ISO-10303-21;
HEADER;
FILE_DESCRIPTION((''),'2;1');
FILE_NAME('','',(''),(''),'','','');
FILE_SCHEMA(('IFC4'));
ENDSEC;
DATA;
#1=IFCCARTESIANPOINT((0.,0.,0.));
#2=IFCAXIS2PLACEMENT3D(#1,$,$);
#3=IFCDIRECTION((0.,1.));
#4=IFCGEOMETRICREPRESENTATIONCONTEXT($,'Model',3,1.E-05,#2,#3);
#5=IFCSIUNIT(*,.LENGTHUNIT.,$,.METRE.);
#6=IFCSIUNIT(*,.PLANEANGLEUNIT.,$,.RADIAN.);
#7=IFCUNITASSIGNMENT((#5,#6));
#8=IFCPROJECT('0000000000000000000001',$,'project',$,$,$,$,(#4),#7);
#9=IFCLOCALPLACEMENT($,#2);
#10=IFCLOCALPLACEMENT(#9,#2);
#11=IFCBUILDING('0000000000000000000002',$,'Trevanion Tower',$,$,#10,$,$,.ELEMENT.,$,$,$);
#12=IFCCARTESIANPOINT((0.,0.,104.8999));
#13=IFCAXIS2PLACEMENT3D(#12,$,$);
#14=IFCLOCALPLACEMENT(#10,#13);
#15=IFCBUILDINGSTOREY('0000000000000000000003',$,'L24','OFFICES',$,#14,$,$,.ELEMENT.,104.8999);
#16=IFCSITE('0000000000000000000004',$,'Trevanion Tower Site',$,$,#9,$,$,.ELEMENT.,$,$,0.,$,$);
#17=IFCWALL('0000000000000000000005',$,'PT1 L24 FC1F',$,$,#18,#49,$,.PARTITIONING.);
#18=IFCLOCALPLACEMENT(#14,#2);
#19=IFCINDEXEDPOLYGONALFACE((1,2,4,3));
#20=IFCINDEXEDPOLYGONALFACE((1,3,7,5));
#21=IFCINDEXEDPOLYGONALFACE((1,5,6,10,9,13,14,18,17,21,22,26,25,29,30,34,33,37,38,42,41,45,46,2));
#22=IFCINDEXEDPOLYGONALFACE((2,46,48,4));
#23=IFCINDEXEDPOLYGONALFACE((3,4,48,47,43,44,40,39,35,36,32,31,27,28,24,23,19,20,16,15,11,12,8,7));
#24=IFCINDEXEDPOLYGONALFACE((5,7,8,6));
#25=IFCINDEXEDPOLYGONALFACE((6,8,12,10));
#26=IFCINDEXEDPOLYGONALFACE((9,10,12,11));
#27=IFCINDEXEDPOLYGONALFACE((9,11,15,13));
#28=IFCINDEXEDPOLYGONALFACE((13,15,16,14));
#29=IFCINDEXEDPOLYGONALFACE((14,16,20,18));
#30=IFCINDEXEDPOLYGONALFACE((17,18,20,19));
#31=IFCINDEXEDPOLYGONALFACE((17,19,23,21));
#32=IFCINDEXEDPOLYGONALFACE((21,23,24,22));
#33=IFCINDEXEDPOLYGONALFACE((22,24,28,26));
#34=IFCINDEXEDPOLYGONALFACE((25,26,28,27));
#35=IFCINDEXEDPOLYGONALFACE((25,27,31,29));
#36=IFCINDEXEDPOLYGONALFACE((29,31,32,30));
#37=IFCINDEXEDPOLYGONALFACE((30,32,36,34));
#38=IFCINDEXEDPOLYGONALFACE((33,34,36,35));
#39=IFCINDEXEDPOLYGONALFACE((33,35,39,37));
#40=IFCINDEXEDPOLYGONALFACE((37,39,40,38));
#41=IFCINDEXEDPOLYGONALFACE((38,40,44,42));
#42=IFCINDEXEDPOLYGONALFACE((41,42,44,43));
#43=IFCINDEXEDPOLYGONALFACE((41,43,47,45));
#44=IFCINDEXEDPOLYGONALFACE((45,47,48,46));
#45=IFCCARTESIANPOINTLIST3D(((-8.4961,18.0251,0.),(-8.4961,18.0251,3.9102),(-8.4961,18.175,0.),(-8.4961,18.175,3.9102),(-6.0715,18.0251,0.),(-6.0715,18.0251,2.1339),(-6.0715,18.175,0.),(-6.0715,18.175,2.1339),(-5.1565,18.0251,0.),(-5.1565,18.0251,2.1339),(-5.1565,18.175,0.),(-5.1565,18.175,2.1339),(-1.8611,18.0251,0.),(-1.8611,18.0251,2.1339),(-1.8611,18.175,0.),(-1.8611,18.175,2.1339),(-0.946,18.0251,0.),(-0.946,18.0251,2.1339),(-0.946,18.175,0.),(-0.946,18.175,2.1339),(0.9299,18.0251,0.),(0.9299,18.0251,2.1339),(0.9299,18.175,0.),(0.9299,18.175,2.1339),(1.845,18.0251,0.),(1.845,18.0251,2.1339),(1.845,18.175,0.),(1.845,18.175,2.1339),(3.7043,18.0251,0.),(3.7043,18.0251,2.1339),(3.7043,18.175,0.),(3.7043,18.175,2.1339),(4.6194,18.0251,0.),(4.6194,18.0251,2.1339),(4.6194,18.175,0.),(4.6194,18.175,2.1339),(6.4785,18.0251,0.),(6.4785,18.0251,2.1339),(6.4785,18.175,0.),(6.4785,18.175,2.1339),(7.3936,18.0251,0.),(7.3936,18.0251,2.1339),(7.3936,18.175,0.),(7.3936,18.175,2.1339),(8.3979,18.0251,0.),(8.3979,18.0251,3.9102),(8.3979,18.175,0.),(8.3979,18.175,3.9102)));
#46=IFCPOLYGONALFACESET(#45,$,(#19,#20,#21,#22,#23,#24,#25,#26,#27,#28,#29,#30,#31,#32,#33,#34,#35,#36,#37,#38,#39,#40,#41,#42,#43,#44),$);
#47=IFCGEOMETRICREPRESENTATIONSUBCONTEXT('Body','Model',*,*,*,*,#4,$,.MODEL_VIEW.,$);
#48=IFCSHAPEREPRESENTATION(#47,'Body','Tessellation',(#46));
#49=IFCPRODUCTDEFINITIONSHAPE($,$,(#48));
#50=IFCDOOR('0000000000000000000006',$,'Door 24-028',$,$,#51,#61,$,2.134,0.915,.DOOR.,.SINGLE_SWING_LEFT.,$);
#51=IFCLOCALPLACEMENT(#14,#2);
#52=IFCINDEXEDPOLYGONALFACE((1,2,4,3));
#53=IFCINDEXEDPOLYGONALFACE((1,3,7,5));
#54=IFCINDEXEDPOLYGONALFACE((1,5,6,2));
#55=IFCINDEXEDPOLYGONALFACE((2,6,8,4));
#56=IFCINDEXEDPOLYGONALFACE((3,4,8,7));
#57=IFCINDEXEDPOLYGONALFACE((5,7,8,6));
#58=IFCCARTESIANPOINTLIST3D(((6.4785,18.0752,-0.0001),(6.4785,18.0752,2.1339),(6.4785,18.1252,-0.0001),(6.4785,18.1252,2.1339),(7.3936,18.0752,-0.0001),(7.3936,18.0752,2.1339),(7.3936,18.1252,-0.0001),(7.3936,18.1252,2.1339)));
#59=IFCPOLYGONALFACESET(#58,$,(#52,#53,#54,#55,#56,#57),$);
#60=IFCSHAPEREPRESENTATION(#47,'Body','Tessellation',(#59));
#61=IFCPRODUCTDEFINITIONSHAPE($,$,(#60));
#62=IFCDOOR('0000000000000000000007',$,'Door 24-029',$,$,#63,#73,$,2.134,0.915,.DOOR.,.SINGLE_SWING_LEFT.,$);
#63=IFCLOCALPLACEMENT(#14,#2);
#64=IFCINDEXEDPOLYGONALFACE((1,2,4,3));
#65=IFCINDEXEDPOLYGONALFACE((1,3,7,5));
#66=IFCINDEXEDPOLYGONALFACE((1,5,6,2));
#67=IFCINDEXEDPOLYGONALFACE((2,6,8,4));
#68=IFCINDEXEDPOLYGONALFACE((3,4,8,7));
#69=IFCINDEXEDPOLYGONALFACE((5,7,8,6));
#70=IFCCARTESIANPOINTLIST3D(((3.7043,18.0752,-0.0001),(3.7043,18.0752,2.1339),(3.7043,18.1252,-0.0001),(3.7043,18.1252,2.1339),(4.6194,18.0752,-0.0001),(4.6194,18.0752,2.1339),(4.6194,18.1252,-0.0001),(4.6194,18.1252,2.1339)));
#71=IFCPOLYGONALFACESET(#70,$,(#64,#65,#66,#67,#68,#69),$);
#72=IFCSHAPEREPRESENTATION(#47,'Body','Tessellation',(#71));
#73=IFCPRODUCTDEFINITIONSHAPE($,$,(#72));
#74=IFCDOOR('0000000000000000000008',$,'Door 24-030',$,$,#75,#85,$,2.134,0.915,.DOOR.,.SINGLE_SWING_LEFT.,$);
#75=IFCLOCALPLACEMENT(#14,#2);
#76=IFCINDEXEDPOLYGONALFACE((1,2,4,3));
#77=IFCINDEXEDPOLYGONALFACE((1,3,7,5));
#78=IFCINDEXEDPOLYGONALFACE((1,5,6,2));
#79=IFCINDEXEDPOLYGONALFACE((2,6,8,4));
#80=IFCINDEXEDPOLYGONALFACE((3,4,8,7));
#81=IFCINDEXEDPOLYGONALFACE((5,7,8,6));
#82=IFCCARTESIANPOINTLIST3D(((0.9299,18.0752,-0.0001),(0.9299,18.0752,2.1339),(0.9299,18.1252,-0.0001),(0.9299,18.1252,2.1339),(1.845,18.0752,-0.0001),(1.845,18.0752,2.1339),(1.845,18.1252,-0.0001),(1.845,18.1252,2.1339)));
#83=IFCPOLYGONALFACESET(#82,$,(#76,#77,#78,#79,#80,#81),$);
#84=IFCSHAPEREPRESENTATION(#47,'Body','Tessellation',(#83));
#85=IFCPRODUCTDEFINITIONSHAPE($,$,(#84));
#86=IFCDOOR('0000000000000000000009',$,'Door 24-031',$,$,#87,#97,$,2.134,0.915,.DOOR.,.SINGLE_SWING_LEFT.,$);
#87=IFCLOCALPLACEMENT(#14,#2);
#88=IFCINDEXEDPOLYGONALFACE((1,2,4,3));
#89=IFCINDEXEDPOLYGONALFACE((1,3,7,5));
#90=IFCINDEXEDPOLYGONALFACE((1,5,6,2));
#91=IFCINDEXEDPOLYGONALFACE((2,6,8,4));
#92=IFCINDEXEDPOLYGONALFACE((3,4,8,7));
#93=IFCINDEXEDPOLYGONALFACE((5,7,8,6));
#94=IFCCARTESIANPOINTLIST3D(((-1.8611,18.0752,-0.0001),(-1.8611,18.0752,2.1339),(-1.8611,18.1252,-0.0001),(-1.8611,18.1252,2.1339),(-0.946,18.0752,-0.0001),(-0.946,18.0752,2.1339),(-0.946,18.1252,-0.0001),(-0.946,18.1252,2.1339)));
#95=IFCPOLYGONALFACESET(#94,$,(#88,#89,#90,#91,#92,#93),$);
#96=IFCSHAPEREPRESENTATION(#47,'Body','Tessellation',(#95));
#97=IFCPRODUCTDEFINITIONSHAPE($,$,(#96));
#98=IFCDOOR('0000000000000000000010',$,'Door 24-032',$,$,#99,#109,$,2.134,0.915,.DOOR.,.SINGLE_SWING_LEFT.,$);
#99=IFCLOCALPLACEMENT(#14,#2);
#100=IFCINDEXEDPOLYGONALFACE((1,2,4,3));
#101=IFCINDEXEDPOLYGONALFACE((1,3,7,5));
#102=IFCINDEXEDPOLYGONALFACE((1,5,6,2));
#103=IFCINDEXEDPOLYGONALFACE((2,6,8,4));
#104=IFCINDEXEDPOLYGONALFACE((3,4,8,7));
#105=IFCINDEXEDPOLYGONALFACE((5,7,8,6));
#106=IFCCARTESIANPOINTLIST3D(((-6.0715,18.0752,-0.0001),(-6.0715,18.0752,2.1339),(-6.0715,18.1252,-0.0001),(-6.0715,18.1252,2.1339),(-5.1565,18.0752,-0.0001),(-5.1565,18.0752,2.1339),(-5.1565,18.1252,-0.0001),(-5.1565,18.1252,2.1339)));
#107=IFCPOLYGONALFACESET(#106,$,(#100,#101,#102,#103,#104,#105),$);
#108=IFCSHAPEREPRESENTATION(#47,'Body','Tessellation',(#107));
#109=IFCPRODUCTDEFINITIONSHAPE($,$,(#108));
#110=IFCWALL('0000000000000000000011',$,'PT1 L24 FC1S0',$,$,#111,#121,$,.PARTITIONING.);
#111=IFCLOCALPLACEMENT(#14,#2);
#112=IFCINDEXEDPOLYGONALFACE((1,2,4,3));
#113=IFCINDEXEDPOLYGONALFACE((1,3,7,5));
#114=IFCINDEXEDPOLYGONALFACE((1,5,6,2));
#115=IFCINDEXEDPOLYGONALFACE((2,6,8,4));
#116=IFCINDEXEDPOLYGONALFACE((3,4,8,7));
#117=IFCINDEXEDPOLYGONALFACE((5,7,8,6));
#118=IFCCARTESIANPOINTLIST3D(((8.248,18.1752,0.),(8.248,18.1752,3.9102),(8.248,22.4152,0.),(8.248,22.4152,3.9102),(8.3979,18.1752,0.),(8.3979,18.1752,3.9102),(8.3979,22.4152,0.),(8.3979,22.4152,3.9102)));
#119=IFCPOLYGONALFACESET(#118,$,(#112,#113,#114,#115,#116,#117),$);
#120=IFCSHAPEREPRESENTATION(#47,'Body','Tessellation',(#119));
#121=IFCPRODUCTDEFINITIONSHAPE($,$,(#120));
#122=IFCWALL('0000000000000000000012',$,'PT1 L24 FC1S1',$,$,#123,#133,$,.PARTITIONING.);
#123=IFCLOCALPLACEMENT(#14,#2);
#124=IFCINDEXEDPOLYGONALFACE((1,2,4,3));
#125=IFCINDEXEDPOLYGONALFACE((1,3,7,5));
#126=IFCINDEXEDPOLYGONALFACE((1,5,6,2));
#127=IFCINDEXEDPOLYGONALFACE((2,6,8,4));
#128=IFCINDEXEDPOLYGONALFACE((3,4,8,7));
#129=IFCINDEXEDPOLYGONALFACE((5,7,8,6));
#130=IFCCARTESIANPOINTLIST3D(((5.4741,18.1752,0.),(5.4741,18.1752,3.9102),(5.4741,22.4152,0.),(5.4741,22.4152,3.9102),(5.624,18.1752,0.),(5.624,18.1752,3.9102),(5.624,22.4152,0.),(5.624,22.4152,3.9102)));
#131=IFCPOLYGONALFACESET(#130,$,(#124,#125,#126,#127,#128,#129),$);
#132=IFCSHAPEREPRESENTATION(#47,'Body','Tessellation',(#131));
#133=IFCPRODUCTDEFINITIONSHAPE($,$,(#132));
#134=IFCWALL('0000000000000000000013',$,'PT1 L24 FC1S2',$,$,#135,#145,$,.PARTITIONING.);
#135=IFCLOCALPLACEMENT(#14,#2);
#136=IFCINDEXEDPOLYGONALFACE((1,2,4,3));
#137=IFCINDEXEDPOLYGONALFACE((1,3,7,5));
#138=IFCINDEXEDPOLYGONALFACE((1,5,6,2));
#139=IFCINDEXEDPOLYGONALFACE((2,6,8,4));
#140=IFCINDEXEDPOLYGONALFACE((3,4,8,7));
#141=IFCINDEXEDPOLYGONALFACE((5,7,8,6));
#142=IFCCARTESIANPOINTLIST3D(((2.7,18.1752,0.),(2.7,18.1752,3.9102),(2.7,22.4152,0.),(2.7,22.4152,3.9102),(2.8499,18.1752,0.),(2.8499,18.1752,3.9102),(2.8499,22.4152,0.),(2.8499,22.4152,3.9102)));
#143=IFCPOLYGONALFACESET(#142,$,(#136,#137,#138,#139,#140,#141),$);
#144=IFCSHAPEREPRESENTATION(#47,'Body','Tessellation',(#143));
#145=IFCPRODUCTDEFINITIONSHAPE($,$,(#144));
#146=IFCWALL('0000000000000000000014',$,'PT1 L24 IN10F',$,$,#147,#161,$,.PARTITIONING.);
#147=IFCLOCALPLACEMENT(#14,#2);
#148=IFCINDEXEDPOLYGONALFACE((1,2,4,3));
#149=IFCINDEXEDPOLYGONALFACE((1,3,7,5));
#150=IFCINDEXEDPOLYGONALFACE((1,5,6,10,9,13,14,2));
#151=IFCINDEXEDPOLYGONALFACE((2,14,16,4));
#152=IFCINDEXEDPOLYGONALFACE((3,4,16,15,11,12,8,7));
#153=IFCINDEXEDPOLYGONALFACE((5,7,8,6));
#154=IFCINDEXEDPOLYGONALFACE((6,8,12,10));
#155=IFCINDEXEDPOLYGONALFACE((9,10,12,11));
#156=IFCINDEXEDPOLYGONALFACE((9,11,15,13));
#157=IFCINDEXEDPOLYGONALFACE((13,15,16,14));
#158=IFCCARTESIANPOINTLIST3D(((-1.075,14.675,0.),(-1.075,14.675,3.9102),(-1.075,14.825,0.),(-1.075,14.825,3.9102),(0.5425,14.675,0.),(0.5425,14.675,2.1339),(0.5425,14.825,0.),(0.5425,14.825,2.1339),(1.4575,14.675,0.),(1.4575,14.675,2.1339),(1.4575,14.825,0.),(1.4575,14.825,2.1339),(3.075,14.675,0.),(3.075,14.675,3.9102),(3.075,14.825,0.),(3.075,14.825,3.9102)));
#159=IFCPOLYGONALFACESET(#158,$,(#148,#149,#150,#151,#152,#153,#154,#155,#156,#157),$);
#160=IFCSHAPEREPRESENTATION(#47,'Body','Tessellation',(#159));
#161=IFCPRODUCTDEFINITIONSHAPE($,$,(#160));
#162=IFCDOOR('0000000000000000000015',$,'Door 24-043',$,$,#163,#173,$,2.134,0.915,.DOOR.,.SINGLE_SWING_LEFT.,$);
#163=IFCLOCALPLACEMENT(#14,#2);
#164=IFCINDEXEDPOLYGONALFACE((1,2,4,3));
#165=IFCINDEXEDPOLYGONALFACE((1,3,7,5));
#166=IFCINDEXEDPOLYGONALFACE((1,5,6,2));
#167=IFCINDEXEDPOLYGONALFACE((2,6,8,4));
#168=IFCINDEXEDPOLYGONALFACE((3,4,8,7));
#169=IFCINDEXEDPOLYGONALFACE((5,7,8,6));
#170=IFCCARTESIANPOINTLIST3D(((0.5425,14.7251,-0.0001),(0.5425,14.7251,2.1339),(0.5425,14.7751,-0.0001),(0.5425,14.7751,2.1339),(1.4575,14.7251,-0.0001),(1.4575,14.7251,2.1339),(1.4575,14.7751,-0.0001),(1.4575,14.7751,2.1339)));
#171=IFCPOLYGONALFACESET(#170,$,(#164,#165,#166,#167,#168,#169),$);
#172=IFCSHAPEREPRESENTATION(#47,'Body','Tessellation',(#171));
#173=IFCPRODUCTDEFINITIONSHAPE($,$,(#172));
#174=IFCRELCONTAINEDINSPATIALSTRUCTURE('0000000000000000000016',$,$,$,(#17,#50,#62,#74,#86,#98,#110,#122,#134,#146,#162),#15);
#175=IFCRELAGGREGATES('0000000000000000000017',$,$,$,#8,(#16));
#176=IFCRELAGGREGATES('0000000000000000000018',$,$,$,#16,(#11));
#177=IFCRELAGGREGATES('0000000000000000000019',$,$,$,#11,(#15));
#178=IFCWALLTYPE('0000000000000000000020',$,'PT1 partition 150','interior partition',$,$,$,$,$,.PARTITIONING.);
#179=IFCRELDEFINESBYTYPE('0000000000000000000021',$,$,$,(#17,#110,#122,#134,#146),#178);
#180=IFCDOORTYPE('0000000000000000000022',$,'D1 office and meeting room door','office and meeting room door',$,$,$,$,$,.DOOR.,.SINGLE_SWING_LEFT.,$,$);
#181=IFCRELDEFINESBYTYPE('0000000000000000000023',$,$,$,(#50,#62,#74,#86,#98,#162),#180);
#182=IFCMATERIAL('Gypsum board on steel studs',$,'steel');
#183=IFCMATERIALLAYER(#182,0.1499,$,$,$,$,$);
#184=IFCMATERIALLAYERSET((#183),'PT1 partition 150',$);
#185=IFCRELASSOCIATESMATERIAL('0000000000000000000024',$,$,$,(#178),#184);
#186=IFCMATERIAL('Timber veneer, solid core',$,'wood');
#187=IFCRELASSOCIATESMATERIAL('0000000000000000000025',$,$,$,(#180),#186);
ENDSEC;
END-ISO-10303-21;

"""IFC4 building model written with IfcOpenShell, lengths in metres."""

from ifc_helpers import new_model, si_unit, direction, frame, frame_2d, origin, place, context, subcontext, project, spatial, rectangle, extrude, material, layer, layer_set, type_object, element, fill, save


model = new_model("IFC4")

# Units and contexts
model_context = context("Model", 3, precision=1e-05, world=origin(), true_north=direction((0.0, 1.0)))
body_context = subcontext(model_context, "Body", "Model", "MODEL_VIEW")
ifc_project = project(units=[si_unit("LENGTHUNIT", "METRE"), si_unit("PLANEANGLEUNIT", "RADIAN")], contexts=[model_context])

# Site, building, storey
site_placement = place(None, origin())
site = spatial("IfcSite", under=ifc_project, at=site_placement, Name="Trevanion Tower Site", CompositionType="ELEMENT", RefElevation=0.0)
building_placement = place(site_placement, origin())
building = spatial("IfcBuilding", under=site, at=building_placement, Name="Trevanion Tower", CompositionType="ELEMENT")
storey_placement = place(building_placement, frame((0.0, 0.0, 104.8999)))
storey = spatial("IfcBuildingStorey", under=building, at=storey_placement, Name="L24", Description="OFFICES", CompositionType="ELEMENT", Elevation=104.8999)

# Wall, openings, doors
ifc_material_1 = material(Name="Gypsum board on steel studs", Category="steel")
ifc_layer_1 = layer(ifc_material_1, 0.1499)
ifc_layer_set_1 = layer_set([ifc_layer_1], Name="PT1 partition 150")
wall_type_1 = type_object("IfcWallType", Name="PT1 partition 150", Description="interior partition", PredefinedType="PARTITIONING", material=ifc_layer_set_1)
wall_1_placement = place(storey_placement, frame((8.3979, 18.1001, 0.0), z_axis=(0.0, 0.0, 1.0), x_axis=(-1.0, 0.0, 0.0)))
wall_1 = element("IfcWall", 1, at=wall_1_placement, inside=storey, type_object=wall_type_1, Name="PT1 L24 FC1F", PredefinedType="PARTITIONING", context=body_context, shape_type="SweptSolid", body=[
    extrude(rectangle(XDim=16.894, YDim=0.1499, at=frame_2d((8.447, 0.0))), origin(), (0.0, 0.0, 1.0), 3.9102),
])
opening_1_placement = place(wall_1_placement, frame((1.0044, 0.0, 0.0)))
opening_1 = element("IfcOpeningElement", 2, at=opening_1_placement, cuts=wall_1, PredefinedType="OPENING", context=body_context, shape_type="SweptSolid", body=[
    extrude(rectangle(XDim=0.915, YDim=2.134, at=frame_2d((0.4575, 1.0669))), frame((0.0, 0.085, 0.0), z_axis=(0.0, -1.0, 0.0), x_axis=(1.0, 0.0, 0.0)), (0.0, 0.0, 1.0), 0.1699),
])
opening_2_placement = place(wall_1_placement, frame((3.7786, 0.0, 0.0)))
opening_2 = element("IfcOpeningElement", 3, at=opening_2_placement, cuts=wall_1, PredefinedType="OPENING", context=body_context, shape_type="SweptSolid", body=[
    extrude(rectangle(XDim=0.915, YDim=2.134, at=frame_2d((0.4575, 1.0669))), frame((0.0, 0.085, 0.0), z_axis=(0.0, -1.0, 0.0), x_axis=(1.0, 0.0, 0.0)), (0.0, 0.0, 1.0), 0.1699),
])
opening_3_placement = place(wall_1_placement, frame((6.553, 0.0, 0.0)))
opening_3 = element("IfcOpeningElement", 4, at=opening_3_placement, cuts=wall_1, PredefinedType="OPENING", context=body_context, shape_type="SweptSolid", body=[
    extrude(rectangle(XDim=0.915, YDim=2.134, at=frame_2d((0.4575, 1.0669))), frame((0.0, 0.085, 0.0), z_axis=(0.0, -1.0, 0.0), x_axis=(1.0, 0.0, 0.0)), (0.0, 0.0, 1.0), 0.1699),
])
opening_4_placement = place(wall_1_placement, frame((9.344, 0.0, 0.0)))
opening_4 = element("IfcOpeningElement", 5, at=opening_4_placement, cuts=wall_1, PredefinedType="OPENING", context=body_context, shape_type="SweptSolid", body=[
    extrude(rectangle(XDim=0.915, YDim=2.134, at=frame_2d((0.4575, 1.0669))), frame((0.0, 0.085, 0.0), z_axis=(0.0, -1.0, 0.0), x_axis=(1.0, 0.0, 0.0)), (0.0, 0.0, 1.0), 0.1699),
])
opening_5_placement = place(wall_1_placement, frame((13.5544, 0.0, 0.0)))
opening_5 = element("IfcOpeningElement", 6, at=opening_5_placement, cuts=wall_1, PredefinedType="OPENING", context=body_context, shape_type="SweptSolid", body=[
    extrude(rectangle(XDim=0.915, YDim=2.134, at=frame_2d((0.4575, 1.0669))), frame((0.0, 0.085, 0.0), z_axis=(0.0, -1.0, 0.0), x_axis=(1.0, 0.0, 0.0)), (0.0, 0.0, 1.0), 0.1699),
])
ifc_material_2 = material(Name="Timber veneer, solid core", Category="wood")
door_type = type_object("IfcDoorType", Name="D1 office and meeting room door", Description="office and meeting room door", OperationType="SINGLE_SWING_LEFT", PredefinedType="DOOR", material=ifc_material_2)
door_1_placement = place(opening_1_placement, origin())
door_1 = element("IfcDoor", 7, at=door_1_placement, inside=storey, type_object=door_type, Name="Door 24-028", OperationType="SINGLE_SWING_LEFT", OverallHeight=2.134, OverallWidth=0.915, PredefinedType="DOOR", context=body_context, shape_type="SweptSolid", body=[
    extrude(rectangle(XDim=0.915, YDim=2.134, at=frame_2d((0.4575, 1.0669))), frame((0.0, 0.0249, 0.0), z_axis=(0.0, -1.0, 0.0), x_axis=(1.0, 0.0, 0.0)), (0.0, 0.0, 1.0), 0.05),
])
fill(opening_1, door_1)
door_2_placement = place(opening_2_placement, origin())
door_2 = element("IfcDoor", 8, at=door_2_placement, inside=storey, type_object=door_type, Name="Door 24-029", OperationType="SINGLE_SWING_LEFT", OverallHeight=2.134, OverallWidth=0.915, PredefinedType="DOOR", context=body_context, shape_type="SweptSolid", body=[
    extrude(rectangle(XDim=0.915, YDim=2.134, at=frame_2d((0.4575, 1.0669))), frame((0.0, 0.0249, 0.0), z_axis=(0.0, -1.0, 0.0), x_axis=(1.0, 0.0, 0.0)), (0.0, 0.0, 1.0), 0.05),
])
fill(opening_2, door_2)
door_3_placement = place(opening_3_placement, origin())
door_3 = element("IfcDoor", 9, at=door_3_placement, inside=storey, type_object=door_type, Name="Door 24-030", OperationType="SINGLE_SWING_LEFT", OverallHeight=2.134, OverallWidth=0.915, PredefinedType="DOOR", context=body_context, shape_type="SweptSolid", body=[
    extrude(rectangle(XDim=0.915, YDim=2.134, at=frame_2d((0.4575, 1.0669))), frame((0.0, 0.0249, 0.0), z_axis=(0.0, -1.0, 0.0), x_axis=(1.0, 0.0, 0.0)), (0.0, 0.0, 1.0), 0.05),
])
fill(opening_3, door_3)
door_4_placement = place(opening_4_placement, origin())
door_4 = element("IfcDoor", 10, at=door_4_placement, inside=storey, type_object=door_type, Name="Door 24-031", OperationType="SINGLE_SWING_LEFT", OverallHeight=2.134, OverallWidth=0.915, PredefinedType="DOOR", context=body_context, shape_type="SweptSolid", body=[
    extrude(rectangle(XDim=0.915, YDim=2.134, at=frame_2d((0.4575, 1.0669))), frame((0.0, 0.0249, 0.0), z_axis=(0.0, -1.0, 0.0), x_axis=(1.0, 0.0, 0.0)), (0.0, 0.0, 1.0), 0.05),
])
fill(opening_4, door_4)
door_5_placement = place(opening_5_placement, origin())
door_5 = element("IfcDoor", 11, at=door_5_placement, inside=storey, type_object=door_type, Name="Door 24-032", OperationType="SINGLE_SWING_LEFT", OverallHeight=2.134, OverallWidth=0.915, PredefinedType="DOOR", context=body_context, shape_type="SweptSolid", body=[
    extrude(rectangle(XDim=0.915, YDim=2.134, at=frame_2d((0.4575, 1.0669))), frame((0.0, 0.0249, 0.0), z_axis=(0.0, -1.0, 0.0), x_axis=(1.0, 0.0, 0.0)), (0.0, 0.0, 1.0), 0.05),
])
fill(opening_5, door_5)

# Walls
for number, where, z_axis, x_axis, name in (
    (12, (8.323, 18.175, 0.0), (0.0, 0.0, 1.0), (0.0, 1.0, 0.0), "PT1 L24 FC1S0"),
    (13, (5.5491, 18.175, 0.0), (0.0, 0.0, 1.0), (0.0, 1.0, 0.0), "PT1 L24 FC1S1"),
    (14, (2.7749, 18.175, 0.0), (0.0, 0.0, 1.0), (0.0, 1.0, 0.0), "PT1 L24 FC1S2"),
):
    element("IfcWall", number, at=place(storey_placement, frame(where, z_axis=z_axis, x_axis=x_axis)), inside=storey, type_object=wall_type_1, Name=name, PredefinedType="PARTITIONING", context=body_context, shape_type="SweptSolid", body=[
        extrude(rectangle(XDim=4.24, YDim=0.1499, at=frame_2d((2.1201, 0.0))), origin(), (0.0, 0.0, 1.0), 3.9102),
    ])

# Wall, opening, door
wall_2_placement = place(storey_placement, frame((3.075, 14.75, 0.0), z_axis=(0.0, 0.0, 1.0), x_axis=(-1.0, 0.0, 0.0)))
wall_2 = element("IfcWall", 15, at=wall_2_placement, inside=storey, type_object=wall_type_1, Name="PT1 L24 IN10F", PredefinedType="PARTITIONING", context=body_context, shape_type="SweptSolid", body=[
    extrude(rectangle(XDim=4.1499, YDim=0.1499, at=frame_2d((2.075, 0.0))), origin(), (0.0, 0.0, 1.0), 3.9102),
])
opening_6_placement = place(wall_2_placement, frame((1.6174, 0.0, 0.0)))
opening_6 = element("IfcOpeningElement", 16, at=opening_6_placement, cuts=wall_2, PredefinedType="OPENING", context=body_context, shape_type="SweptSolid", body=[
    extrude(rectangle(XDim=0.915, YDim=2.134, at=frame_2d((0.4575, 1.0669))), frame((0.0, 0.085, 0.0), z_axis=(0.0, -1.0, 0.0), x_axis=(1.0, 0.0, 0.0)), (0.0, 0.0, 1.0), 0.1699),
])
door_6_placement = place(opening_6_placement, origin())
door_6 = element("IfcDoor", 17, at=door_6_placement, inside=storey, type_object=door_type, Name="Door 24-043", OperationType="SINGLE_SWING_LEFT", OverallHeight=2.134, OverallWidth=0.915, PredefinedType="DOOR", context=body_context, shape_type="SweptSolid", body=[
    extrude(rectangle(XDim=0.915, YDim=2.134, at=frame_2d((0.4575, 1.0669))), frame((0.0, 0.0249, 0.0), z_axis=(0.0, -1.0, 0.0), x_axis=(1.0, 0.0, 0.0)), (0.0, 0.0, 1.0), 0.05),
])
fill(opening_6, door_6)

save(model, "model.ifc")
